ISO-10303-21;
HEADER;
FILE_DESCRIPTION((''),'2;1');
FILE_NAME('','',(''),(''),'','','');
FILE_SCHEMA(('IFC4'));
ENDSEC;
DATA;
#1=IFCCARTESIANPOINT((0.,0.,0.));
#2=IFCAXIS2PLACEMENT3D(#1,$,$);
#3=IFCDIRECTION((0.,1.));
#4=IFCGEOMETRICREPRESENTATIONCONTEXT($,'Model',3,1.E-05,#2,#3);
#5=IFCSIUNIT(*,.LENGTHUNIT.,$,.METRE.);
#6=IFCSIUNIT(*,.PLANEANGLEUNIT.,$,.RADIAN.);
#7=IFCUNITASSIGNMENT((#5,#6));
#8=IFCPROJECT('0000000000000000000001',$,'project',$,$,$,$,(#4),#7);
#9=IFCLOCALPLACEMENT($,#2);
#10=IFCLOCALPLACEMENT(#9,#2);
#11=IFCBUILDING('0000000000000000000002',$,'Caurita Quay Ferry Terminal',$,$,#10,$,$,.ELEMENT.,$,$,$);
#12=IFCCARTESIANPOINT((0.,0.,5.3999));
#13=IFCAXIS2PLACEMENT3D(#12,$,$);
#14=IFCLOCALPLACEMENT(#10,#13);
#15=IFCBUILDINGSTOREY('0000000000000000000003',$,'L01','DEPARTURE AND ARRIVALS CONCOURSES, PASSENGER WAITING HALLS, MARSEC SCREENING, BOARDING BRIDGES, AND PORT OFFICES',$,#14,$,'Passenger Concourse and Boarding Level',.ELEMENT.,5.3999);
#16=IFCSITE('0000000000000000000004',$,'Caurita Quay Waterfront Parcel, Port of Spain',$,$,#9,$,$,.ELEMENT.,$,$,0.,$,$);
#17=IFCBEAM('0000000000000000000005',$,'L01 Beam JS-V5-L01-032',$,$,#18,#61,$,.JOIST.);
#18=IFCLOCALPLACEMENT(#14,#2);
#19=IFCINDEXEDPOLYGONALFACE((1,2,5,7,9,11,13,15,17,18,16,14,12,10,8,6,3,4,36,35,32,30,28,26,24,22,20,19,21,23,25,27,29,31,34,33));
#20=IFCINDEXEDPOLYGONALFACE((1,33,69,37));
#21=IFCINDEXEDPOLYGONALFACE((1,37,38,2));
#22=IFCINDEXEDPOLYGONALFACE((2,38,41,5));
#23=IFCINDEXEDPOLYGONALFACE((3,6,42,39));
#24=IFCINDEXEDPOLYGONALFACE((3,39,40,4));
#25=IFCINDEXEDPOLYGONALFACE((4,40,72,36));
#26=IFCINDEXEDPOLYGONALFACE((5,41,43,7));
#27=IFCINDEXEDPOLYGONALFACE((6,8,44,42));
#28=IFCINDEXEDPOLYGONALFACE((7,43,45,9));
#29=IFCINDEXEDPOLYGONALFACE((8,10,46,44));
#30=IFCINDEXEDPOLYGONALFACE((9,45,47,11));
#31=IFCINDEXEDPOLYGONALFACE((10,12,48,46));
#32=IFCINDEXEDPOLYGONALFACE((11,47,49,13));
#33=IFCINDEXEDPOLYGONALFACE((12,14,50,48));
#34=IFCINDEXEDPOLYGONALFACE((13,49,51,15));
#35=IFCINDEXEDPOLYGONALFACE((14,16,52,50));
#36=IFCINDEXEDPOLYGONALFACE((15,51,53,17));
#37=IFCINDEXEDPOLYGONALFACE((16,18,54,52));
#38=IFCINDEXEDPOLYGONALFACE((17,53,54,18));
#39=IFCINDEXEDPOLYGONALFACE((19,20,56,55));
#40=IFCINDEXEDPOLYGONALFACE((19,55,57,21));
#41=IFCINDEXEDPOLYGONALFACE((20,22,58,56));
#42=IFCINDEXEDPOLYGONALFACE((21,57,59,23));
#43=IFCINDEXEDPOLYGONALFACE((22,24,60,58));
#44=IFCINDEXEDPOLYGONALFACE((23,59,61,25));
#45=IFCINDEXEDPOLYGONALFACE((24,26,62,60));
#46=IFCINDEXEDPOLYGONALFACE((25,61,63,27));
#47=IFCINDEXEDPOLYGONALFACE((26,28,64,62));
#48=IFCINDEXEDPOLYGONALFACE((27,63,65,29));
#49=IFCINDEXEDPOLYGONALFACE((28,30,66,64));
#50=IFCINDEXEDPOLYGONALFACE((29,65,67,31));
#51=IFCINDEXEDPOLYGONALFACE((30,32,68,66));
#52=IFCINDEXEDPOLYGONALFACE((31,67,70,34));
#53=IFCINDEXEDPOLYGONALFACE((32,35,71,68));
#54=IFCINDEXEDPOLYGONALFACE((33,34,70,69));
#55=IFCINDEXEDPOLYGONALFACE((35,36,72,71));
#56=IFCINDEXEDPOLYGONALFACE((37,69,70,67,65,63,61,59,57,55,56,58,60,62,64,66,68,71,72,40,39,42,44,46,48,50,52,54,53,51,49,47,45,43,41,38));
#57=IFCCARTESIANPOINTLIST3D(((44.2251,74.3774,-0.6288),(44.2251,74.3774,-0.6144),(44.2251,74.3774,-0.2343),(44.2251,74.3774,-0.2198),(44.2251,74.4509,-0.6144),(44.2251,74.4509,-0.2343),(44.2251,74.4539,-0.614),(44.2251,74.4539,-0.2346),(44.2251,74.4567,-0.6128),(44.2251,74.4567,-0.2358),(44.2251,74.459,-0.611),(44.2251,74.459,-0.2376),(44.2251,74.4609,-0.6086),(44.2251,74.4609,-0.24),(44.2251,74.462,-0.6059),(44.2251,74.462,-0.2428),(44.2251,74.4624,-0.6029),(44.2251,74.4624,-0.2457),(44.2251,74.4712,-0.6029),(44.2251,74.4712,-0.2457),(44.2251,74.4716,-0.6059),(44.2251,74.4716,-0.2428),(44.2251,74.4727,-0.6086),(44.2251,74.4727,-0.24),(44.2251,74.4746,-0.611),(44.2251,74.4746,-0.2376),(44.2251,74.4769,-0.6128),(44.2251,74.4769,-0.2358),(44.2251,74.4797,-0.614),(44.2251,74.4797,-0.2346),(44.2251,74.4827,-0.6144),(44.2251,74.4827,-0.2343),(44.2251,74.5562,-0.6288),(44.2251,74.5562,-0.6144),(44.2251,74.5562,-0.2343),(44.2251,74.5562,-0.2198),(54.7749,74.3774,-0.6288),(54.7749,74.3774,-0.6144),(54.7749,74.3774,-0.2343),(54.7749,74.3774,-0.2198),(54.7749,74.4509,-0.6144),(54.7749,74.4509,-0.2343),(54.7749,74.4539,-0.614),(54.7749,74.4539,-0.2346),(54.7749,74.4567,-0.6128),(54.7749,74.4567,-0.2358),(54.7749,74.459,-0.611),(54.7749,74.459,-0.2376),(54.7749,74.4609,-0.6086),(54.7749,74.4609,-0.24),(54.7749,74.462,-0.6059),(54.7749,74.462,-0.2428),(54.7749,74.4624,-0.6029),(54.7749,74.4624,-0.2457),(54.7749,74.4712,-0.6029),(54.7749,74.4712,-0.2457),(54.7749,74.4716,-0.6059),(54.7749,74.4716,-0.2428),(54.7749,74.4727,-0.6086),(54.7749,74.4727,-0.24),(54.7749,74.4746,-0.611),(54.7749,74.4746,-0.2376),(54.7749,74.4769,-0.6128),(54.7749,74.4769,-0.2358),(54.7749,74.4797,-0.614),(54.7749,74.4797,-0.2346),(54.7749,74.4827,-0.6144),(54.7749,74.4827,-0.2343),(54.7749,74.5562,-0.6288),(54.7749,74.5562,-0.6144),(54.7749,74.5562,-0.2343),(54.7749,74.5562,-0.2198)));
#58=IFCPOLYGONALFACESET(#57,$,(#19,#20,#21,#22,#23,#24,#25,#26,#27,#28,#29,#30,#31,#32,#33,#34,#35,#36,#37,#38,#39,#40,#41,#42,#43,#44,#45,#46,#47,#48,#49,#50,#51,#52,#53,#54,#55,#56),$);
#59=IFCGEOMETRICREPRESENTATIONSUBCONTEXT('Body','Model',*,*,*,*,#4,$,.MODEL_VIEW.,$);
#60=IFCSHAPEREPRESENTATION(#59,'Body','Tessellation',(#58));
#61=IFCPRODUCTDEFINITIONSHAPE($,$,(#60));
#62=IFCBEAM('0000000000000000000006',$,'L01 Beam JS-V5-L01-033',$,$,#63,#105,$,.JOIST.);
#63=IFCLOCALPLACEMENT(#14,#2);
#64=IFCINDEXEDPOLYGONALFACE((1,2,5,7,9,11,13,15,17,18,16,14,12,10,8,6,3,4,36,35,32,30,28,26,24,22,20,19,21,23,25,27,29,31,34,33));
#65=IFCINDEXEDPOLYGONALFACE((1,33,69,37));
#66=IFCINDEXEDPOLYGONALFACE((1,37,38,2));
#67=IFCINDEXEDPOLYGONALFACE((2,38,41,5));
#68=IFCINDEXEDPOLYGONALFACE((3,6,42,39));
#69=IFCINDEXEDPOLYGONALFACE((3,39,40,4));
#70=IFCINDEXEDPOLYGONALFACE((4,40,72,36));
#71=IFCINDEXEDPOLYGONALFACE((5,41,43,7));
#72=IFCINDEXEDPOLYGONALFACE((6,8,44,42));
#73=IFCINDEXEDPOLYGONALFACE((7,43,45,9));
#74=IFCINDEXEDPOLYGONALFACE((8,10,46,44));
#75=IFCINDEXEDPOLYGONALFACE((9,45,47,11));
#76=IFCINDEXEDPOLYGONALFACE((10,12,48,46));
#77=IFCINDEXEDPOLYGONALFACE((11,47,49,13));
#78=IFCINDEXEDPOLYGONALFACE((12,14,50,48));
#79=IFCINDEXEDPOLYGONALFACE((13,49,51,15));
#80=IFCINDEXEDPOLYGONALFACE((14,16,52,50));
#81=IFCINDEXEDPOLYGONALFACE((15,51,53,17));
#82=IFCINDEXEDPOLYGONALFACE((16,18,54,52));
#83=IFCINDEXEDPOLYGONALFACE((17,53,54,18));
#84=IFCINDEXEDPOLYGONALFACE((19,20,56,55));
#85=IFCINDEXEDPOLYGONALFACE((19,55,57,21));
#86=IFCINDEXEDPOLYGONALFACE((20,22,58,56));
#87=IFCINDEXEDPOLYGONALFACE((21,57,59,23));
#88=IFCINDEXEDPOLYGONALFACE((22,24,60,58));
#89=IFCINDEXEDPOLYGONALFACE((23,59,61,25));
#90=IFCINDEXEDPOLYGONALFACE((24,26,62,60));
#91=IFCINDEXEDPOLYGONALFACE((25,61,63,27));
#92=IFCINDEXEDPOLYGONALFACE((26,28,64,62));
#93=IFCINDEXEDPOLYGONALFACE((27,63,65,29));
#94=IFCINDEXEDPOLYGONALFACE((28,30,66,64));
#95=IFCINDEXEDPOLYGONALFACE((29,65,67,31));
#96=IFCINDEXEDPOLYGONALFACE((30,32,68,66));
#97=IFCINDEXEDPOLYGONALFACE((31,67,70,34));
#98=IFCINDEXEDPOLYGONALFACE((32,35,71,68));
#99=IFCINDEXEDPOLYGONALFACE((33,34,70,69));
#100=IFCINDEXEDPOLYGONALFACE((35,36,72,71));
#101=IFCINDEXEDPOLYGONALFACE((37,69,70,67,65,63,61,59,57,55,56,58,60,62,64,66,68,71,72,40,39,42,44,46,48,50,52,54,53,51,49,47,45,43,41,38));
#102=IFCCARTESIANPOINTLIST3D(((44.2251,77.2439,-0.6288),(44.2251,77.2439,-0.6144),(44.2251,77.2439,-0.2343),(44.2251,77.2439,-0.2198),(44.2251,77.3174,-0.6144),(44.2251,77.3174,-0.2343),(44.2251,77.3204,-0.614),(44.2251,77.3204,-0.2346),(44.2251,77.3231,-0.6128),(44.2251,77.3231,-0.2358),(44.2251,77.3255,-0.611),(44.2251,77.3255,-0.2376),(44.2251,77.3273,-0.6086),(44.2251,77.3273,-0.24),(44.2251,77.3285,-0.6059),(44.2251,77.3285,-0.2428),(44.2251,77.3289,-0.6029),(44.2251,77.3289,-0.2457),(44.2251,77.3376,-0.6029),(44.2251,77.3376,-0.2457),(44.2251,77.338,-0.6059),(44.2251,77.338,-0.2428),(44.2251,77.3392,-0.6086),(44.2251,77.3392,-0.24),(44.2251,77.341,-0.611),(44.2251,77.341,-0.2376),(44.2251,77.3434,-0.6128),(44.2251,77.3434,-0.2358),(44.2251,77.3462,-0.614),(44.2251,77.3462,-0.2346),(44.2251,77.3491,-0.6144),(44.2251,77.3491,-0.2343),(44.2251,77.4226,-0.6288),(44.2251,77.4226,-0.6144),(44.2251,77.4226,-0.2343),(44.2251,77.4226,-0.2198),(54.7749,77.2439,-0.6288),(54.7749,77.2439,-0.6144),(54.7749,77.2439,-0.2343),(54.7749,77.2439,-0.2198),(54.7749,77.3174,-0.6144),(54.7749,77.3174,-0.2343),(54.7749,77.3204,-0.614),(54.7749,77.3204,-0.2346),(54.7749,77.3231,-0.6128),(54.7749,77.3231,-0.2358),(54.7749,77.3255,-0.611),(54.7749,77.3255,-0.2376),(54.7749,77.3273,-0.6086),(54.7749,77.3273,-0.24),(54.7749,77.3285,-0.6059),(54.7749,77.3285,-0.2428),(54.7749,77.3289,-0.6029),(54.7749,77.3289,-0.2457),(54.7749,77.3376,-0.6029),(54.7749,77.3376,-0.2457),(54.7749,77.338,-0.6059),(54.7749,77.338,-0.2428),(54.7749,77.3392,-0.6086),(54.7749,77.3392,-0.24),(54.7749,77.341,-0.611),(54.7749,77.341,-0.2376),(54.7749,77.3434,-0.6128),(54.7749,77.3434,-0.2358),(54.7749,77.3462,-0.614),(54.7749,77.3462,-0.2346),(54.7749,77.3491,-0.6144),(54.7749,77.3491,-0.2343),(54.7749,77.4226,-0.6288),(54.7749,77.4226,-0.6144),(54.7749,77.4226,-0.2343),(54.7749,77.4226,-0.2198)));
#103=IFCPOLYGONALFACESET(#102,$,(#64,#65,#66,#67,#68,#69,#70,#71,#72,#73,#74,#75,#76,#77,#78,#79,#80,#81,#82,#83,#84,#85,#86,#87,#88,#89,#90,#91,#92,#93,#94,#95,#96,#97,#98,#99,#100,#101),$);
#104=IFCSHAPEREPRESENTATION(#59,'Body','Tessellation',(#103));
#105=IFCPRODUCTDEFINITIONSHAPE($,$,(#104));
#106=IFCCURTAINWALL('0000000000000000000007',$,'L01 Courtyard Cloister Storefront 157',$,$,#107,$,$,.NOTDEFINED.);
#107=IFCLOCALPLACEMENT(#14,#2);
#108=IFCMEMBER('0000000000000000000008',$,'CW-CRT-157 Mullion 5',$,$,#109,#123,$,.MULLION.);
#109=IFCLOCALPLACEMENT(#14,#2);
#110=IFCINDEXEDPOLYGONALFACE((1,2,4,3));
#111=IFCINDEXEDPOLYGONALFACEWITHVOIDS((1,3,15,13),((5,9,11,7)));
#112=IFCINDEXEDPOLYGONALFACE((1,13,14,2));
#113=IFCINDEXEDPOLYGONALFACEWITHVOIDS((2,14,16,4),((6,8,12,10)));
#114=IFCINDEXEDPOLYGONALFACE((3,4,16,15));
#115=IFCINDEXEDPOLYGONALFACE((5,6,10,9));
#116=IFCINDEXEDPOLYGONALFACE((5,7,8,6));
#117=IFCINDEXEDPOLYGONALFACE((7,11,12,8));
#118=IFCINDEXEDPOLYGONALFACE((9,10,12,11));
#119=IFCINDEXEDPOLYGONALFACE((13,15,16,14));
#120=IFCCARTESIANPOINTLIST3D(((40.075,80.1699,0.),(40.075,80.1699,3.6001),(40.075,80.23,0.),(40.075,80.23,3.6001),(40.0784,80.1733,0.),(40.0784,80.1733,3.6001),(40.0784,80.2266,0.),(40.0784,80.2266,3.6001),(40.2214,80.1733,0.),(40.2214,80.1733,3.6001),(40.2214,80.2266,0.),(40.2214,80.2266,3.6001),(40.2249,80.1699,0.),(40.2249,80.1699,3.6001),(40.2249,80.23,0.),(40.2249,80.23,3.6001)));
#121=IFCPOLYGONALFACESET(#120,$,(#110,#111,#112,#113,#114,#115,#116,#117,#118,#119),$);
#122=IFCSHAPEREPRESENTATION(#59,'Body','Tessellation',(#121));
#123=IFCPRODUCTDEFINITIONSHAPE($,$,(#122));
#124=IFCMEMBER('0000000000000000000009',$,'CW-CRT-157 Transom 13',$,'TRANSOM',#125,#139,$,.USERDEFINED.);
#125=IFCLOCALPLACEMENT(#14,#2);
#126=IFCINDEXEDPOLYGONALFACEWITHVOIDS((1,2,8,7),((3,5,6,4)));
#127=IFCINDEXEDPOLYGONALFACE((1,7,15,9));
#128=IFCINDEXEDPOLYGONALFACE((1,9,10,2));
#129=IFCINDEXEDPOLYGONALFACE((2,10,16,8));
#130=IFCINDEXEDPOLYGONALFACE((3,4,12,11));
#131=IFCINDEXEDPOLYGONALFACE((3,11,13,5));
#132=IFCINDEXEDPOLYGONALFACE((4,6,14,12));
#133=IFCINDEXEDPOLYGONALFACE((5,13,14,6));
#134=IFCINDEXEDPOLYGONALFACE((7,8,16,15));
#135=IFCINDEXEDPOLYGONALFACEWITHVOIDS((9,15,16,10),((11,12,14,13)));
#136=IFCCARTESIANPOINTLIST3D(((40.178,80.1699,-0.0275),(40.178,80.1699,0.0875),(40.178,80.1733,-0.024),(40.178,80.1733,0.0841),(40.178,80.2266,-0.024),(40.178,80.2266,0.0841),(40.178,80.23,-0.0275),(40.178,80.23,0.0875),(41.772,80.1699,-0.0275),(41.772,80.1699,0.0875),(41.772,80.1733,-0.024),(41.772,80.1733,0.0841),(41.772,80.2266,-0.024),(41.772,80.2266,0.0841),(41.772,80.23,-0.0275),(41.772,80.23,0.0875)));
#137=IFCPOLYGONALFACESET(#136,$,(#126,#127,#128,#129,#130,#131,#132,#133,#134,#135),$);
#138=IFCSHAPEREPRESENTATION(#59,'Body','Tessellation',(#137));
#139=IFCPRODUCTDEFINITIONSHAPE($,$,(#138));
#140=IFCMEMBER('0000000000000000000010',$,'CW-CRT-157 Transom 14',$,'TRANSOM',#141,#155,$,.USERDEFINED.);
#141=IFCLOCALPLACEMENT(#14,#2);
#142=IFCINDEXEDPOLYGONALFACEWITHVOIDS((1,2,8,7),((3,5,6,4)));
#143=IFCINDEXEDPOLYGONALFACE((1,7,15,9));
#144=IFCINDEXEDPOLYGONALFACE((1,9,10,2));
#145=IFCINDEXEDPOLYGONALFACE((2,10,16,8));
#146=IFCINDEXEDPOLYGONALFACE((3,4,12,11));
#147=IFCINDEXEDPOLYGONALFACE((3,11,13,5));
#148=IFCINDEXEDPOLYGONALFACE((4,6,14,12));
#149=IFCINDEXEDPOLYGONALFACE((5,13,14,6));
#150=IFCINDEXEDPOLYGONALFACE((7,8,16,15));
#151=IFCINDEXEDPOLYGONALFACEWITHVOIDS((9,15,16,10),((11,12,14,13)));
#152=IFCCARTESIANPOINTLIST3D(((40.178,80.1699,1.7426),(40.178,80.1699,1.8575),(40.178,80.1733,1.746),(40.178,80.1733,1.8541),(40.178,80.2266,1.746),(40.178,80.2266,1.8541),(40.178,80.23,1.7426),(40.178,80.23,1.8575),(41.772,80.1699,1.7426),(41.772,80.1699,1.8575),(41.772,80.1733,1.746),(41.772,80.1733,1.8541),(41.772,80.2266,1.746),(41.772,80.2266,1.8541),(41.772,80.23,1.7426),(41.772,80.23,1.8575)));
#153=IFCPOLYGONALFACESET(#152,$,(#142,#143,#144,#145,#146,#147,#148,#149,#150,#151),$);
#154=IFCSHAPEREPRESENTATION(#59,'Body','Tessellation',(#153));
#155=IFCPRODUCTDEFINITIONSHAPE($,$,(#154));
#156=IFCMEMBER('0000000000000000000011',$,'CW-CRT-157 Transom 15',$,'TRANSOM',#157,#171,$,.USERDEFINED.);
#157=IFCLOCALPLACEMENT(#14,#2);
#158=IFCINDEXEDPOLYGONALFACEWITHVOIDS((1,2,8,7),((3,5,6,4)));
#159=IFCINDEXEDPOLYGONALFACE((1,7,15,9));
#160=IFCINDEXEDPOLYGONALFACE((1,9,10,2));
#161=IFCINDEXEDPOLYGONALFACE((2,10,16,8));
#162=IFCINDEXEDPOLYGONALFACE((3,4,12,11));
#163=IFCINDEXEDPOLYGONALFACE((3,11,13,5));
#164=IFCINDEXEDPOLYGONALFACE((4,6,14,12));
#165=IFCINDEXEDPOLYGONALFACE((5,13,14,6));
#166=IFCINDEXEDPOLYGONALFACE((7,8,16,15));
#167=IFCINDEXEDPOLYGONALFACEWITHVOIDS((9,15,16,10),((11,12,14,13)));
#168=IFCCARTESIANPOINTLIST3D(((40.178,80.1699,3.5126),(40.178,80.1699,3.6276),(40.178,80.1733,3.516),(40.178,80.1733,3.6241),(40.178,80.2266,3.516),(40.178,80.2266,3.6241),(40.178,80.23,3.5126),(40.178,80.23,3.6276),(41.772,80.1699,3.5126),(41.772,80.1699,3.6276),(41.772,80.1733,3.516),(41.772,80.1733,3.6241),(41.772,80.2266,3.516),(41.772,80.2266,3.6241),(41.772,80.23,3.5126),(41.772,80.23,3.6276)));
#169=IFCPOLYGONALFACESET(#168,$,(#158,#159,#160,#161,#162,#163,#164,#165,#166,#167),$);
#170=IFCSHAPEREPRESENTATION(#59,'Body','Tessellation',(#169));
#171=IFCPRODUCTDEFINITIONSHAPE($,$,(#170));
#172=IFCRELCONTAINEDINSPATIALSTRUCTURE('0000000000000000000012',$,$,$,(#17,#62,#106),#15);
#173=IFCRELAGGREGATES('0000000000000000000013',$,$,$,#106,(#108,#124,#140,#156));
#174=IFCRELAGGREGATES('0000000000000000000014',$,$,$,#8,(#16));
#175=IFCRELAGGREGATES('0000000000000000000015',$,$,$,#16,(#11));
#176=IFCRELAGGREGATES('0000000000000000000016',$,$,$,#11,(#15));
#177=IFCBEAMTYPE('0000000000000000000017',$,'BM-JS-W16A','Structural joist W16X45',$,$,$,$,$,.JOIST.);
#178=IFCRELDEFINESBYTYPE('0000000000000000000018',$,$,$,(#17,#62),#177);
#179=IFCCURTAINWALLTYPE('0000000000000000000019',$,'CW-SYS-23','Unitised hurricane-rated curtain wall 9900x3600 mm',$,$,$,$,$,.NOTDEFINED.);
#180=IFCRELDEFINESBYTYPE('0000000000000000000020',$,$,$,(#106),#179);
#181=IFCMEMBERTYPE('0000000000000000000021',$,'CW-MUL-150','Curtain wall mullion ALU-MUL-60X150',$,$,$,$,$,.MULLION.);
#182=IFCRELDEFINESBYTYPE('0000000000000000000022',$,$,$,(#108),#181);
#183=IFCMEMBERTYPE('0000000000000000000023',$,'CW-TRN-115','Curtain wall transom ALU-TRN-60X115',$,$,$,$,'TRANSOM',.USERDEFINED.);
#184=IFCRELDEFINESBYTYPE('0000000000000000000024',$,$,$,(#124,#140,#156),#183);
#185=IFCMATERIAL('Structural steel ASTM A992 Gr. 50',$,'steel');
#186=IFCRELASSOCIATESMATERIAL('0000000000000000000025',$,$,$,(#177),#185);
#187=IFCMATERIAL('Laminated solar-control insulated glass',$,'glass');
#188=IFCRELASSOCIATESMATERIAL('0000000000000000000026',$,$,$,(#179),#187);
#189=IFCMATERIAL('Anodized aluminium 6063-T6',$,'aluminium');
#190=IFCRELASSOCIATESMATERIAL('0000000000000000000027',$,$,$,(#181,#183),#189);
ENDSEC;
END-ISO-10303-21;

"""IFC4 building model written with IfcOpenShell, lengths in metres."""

from ifc_helpers import new_model, si_unit, direction, frame, origin, origin_2d, place, context, subcontext, project, spatial, hollow_rectangle, i_section, extrude, material, material_profile, profile_set, type_object, element, aggregate, save


model = new_model("IFC4")

# Units and contexts
model_context = context("Model", 3, precision=1e-05, world=origin(), true_north=direction((0.0, 1.0)))
body_context = subcontext(model_context, "Body", "Model", "MODEL_VIEW")
ifc_project = project(units=[si_unit("LENGTHUNIT", "METRE"), si_unit("PLANEANGLEUNIT", "RADIAN")], contexts=[model_context])

# Site, building, storey
site_placement = place(None, origin())
site = spatial("IfcSite", under=ifc_project, at=site_placement, Name="Caurita Quay Waterfront Parcel, Port of Spain", CompositionType="ELEMENT", RefElevation=0.0)
building_placement = place(site_placement, origin())
building = spatial("IfcBuilding", under=site, at=building_placement, Name="Caurita Quay Ferry Terminal", CompositionType="ELEMENT")
storey_placement = place(building_placement, frame((0.0, 0.0, 5.3999)))
storey = spatial("IfcBuildingStorey", under=building, at=storey_placement, Name="L01", Description="DEPARTURE AND ARRIVALS CONCOURSES, PASSENGER WAITING HALLS, MARSEC SCREENING, BOARDING BRIDGES, AND PORT OFFICES", LongName="Passenger Concourse and Boarding Level", CompositionType="ELEMENT", Elevation=5.3999)

# Beams
ifc_material_1 = material(Name="Structural steel ASTM A992 Gr. 50", Category="steel")
ifc_material_profile_1 = material_profile(ifc_material_1, i_section(OverallWidth=0.1787, OverallDepth=0.4089, WebThickness=0.0088, FlangeThickness=0.0144, FilletRadius=0.0115, at=origin_2d()), Name="W16X45")
ifc_profile_set_1 = profile_set([ifc_material_profile_1], Name="Structural steel ASTM A992 Gr. 50")
beam_type = type_object("IfcBeamType", Name="BM-JS-W16A", Description="Structural joist W16X45", PredefinedType="JOIST", material=ifc_profile_set_1)
for number, where, z_axis, x_axis, name in (
    (1, (44.2251, 74.4668, -0.4243), (1.0, 0.0, 0.0), (0.0, 1.0, 0.0), "L01 Beam JS-V5-L01-032"),
    (2, (44.2251, 77.3333, -0.4243), (1.0, 0.0, 0.0), (0.0, 1.0, 0.0), "L01 Beam JS-V5-L01-033"),
):
    element("IfcBeam", number, at=place(storey_placement, frame(where, z_axis=z_axis, x_axis=x_axis)), inside=storey, type_object=beam_type, Name=name, PredefinedType="JOIST", context=body_context, shape_type="SweptSolid", body=[
        extrude(i_section(OverallWidth=0.1787, OverallDepth=0.4089, WebThickness=0.0088, FlangeThickness=0.0144, FilletRadius=0.0115, at=origin_2d()), origin(), (0.0, 0.0, 1.0), 10.5498),
    ])

# Curtain wall, members
ifc_material_2 = material(Name="Laminated solar-control insulated glass", Category="glass")
curtain_wall_type = type_object("IfcCurtainWallType", Name="CW-SYS-23", Description="Unitised hurricane-rated curtain wall 9900x3600 mm", PredefinedType="NOTDEFINED", material=ifc_material_2)
curtain_wall_placement = place(storey_placement, origin())
curtain_wall = element("IfcCurtainWall", 3, at=curtain_wall_placement, inside=storey, type_object=curtain_wall_type, Name="L01 Courtyard Cloister Storefront 157", PredefinedType="NOTDEFINED")
ifc_material_3 = material(Name="Anodized aluminium 6063-T6", Category="aluminium")
ifc_material_profile_2 = material_profile(ifc_material_3, hollow_rectangle(XDim=0.0601, YDim=0.1499, WallThickness=0.0034, at=origin_2d()), Name="ALU-MUL-60X150")
ifc_profile_set_2 = profile_set([ifc_material_profile_2], Name="Anodized aluminium 6063-T6")
member_type_1 = type_object("IfcMemberType", Name="CW-MUL-150", Description="Curtain wall mullion ALU-MUL-60X150", PredefinedType="MULLION", material=ifc_profile_set_2)
member_1_placement = place(storey_placement, frame((40.1499, 80.2, 0.0), z_axis=(0.0, 0.0, 1.0), x_axis=(0.0, 1.0, 0.0)))
member_1 = element("IfcMember", 4, at=member_1_placement, type_object=member_type_1, Name="CW-CRT-157 Mullion 5", PredefinedType="MULLION", context=body_context, shape_type="SweptSolid", body=[
    extrude(hollow_rectangle(XDim=0.0601, YDim=0.1499, WallThickness=0.0034, at=origin_2d()), origin(), (0.0, 0.0, 1.0), 3.6001),
])
ifc_material_profile_3 = material_profile(ifc_material_3, hollow_rectangle(XDim=0.0601, YDim=0.115, WallThickness=0.0034, at=origin_2d()), Name="ALU-TRN-60X115")
ifc_profile_set_3 = profile_set([ifc_material_profile_3], Name="Anodized aluminium 6063-T6")
member_type_2 = type_object("IfcMemberType", Name="CW-TRN-115", Description="Curtain wall transom ALU-TRN-60X115", ElementType="TRANSOM", PredefinedType="USERDEFINED", material=ifc_profile_set_3)
member_2_placement = place(storey_placement, frame((40.178, 80.2, 0.03), z_axis=(1.0, 0.0, 0.0), x_axis=(0.0, 1.0, 0.0)))
member_2 = element("IfcMember", 5, at=member_2_placement, type_object=member_type_2, Name="CW-CRT-157 Transom 13", ObjectType="TRANSOM", PredefinedType="USERDEFINED", context=body_context, shape_type="SweptSolid", body=[
    extrude(hollow_rectangle(XDim=0.0601, YDim=0.115, WallThickness=0.0034, at=origin_2d()), origin(), (0.0, 0.0, 1.0), 1.594),
])
member_3_placement = place(storey_placement, frame((40.178, 80.2, 1.8), z_axis=(1.0, 0.0, 0.0), x_axis=(0.0, 1.0, 0.0)))
member_3 = element("IfcMember", 6, at=member_3_placement, type_object=member_type_2, Name="CW-CRT-157 Transom 14", ObjectType="TRANSOM", PredefinedType="USERDEFINED", context=body_context, shape_type="SweptSolid", body=[
    extrude(hollow_rectangle(XDim=0.0601, YDim=0.115, WallThickness=0.0034, at=origin_2d()), origin(), (0.0, 0.0, 1.0), 1.594),
])
member_4_placement = place(storey_placement, frame((40.178, 80.2, 3.5701), z_axis=(1.0, 0.0, 0.0), x_axis=(0.0, 1.0, 0.0)))
member_4 = element("IfcMember", 7, at=member_4_placement, type_object=member_type_2, Name="CW-CRT-157 Transom 15", ObjectType="TRANSOM", PredefinedType="USERDEFINED", context=body_context, shape_type="SweptSolid", body=[
    extrude(hollow_rectangle(XDim=0.0601, YDim=0.115, WallThickness=0.0034, at=origin_2d()), origin(), (0.0, 0.0, 1.0), 1.594),
])
aggregate(curtain_wall, [member_1, member_2, member_3, member_4])

save(model, "model.ifc")
